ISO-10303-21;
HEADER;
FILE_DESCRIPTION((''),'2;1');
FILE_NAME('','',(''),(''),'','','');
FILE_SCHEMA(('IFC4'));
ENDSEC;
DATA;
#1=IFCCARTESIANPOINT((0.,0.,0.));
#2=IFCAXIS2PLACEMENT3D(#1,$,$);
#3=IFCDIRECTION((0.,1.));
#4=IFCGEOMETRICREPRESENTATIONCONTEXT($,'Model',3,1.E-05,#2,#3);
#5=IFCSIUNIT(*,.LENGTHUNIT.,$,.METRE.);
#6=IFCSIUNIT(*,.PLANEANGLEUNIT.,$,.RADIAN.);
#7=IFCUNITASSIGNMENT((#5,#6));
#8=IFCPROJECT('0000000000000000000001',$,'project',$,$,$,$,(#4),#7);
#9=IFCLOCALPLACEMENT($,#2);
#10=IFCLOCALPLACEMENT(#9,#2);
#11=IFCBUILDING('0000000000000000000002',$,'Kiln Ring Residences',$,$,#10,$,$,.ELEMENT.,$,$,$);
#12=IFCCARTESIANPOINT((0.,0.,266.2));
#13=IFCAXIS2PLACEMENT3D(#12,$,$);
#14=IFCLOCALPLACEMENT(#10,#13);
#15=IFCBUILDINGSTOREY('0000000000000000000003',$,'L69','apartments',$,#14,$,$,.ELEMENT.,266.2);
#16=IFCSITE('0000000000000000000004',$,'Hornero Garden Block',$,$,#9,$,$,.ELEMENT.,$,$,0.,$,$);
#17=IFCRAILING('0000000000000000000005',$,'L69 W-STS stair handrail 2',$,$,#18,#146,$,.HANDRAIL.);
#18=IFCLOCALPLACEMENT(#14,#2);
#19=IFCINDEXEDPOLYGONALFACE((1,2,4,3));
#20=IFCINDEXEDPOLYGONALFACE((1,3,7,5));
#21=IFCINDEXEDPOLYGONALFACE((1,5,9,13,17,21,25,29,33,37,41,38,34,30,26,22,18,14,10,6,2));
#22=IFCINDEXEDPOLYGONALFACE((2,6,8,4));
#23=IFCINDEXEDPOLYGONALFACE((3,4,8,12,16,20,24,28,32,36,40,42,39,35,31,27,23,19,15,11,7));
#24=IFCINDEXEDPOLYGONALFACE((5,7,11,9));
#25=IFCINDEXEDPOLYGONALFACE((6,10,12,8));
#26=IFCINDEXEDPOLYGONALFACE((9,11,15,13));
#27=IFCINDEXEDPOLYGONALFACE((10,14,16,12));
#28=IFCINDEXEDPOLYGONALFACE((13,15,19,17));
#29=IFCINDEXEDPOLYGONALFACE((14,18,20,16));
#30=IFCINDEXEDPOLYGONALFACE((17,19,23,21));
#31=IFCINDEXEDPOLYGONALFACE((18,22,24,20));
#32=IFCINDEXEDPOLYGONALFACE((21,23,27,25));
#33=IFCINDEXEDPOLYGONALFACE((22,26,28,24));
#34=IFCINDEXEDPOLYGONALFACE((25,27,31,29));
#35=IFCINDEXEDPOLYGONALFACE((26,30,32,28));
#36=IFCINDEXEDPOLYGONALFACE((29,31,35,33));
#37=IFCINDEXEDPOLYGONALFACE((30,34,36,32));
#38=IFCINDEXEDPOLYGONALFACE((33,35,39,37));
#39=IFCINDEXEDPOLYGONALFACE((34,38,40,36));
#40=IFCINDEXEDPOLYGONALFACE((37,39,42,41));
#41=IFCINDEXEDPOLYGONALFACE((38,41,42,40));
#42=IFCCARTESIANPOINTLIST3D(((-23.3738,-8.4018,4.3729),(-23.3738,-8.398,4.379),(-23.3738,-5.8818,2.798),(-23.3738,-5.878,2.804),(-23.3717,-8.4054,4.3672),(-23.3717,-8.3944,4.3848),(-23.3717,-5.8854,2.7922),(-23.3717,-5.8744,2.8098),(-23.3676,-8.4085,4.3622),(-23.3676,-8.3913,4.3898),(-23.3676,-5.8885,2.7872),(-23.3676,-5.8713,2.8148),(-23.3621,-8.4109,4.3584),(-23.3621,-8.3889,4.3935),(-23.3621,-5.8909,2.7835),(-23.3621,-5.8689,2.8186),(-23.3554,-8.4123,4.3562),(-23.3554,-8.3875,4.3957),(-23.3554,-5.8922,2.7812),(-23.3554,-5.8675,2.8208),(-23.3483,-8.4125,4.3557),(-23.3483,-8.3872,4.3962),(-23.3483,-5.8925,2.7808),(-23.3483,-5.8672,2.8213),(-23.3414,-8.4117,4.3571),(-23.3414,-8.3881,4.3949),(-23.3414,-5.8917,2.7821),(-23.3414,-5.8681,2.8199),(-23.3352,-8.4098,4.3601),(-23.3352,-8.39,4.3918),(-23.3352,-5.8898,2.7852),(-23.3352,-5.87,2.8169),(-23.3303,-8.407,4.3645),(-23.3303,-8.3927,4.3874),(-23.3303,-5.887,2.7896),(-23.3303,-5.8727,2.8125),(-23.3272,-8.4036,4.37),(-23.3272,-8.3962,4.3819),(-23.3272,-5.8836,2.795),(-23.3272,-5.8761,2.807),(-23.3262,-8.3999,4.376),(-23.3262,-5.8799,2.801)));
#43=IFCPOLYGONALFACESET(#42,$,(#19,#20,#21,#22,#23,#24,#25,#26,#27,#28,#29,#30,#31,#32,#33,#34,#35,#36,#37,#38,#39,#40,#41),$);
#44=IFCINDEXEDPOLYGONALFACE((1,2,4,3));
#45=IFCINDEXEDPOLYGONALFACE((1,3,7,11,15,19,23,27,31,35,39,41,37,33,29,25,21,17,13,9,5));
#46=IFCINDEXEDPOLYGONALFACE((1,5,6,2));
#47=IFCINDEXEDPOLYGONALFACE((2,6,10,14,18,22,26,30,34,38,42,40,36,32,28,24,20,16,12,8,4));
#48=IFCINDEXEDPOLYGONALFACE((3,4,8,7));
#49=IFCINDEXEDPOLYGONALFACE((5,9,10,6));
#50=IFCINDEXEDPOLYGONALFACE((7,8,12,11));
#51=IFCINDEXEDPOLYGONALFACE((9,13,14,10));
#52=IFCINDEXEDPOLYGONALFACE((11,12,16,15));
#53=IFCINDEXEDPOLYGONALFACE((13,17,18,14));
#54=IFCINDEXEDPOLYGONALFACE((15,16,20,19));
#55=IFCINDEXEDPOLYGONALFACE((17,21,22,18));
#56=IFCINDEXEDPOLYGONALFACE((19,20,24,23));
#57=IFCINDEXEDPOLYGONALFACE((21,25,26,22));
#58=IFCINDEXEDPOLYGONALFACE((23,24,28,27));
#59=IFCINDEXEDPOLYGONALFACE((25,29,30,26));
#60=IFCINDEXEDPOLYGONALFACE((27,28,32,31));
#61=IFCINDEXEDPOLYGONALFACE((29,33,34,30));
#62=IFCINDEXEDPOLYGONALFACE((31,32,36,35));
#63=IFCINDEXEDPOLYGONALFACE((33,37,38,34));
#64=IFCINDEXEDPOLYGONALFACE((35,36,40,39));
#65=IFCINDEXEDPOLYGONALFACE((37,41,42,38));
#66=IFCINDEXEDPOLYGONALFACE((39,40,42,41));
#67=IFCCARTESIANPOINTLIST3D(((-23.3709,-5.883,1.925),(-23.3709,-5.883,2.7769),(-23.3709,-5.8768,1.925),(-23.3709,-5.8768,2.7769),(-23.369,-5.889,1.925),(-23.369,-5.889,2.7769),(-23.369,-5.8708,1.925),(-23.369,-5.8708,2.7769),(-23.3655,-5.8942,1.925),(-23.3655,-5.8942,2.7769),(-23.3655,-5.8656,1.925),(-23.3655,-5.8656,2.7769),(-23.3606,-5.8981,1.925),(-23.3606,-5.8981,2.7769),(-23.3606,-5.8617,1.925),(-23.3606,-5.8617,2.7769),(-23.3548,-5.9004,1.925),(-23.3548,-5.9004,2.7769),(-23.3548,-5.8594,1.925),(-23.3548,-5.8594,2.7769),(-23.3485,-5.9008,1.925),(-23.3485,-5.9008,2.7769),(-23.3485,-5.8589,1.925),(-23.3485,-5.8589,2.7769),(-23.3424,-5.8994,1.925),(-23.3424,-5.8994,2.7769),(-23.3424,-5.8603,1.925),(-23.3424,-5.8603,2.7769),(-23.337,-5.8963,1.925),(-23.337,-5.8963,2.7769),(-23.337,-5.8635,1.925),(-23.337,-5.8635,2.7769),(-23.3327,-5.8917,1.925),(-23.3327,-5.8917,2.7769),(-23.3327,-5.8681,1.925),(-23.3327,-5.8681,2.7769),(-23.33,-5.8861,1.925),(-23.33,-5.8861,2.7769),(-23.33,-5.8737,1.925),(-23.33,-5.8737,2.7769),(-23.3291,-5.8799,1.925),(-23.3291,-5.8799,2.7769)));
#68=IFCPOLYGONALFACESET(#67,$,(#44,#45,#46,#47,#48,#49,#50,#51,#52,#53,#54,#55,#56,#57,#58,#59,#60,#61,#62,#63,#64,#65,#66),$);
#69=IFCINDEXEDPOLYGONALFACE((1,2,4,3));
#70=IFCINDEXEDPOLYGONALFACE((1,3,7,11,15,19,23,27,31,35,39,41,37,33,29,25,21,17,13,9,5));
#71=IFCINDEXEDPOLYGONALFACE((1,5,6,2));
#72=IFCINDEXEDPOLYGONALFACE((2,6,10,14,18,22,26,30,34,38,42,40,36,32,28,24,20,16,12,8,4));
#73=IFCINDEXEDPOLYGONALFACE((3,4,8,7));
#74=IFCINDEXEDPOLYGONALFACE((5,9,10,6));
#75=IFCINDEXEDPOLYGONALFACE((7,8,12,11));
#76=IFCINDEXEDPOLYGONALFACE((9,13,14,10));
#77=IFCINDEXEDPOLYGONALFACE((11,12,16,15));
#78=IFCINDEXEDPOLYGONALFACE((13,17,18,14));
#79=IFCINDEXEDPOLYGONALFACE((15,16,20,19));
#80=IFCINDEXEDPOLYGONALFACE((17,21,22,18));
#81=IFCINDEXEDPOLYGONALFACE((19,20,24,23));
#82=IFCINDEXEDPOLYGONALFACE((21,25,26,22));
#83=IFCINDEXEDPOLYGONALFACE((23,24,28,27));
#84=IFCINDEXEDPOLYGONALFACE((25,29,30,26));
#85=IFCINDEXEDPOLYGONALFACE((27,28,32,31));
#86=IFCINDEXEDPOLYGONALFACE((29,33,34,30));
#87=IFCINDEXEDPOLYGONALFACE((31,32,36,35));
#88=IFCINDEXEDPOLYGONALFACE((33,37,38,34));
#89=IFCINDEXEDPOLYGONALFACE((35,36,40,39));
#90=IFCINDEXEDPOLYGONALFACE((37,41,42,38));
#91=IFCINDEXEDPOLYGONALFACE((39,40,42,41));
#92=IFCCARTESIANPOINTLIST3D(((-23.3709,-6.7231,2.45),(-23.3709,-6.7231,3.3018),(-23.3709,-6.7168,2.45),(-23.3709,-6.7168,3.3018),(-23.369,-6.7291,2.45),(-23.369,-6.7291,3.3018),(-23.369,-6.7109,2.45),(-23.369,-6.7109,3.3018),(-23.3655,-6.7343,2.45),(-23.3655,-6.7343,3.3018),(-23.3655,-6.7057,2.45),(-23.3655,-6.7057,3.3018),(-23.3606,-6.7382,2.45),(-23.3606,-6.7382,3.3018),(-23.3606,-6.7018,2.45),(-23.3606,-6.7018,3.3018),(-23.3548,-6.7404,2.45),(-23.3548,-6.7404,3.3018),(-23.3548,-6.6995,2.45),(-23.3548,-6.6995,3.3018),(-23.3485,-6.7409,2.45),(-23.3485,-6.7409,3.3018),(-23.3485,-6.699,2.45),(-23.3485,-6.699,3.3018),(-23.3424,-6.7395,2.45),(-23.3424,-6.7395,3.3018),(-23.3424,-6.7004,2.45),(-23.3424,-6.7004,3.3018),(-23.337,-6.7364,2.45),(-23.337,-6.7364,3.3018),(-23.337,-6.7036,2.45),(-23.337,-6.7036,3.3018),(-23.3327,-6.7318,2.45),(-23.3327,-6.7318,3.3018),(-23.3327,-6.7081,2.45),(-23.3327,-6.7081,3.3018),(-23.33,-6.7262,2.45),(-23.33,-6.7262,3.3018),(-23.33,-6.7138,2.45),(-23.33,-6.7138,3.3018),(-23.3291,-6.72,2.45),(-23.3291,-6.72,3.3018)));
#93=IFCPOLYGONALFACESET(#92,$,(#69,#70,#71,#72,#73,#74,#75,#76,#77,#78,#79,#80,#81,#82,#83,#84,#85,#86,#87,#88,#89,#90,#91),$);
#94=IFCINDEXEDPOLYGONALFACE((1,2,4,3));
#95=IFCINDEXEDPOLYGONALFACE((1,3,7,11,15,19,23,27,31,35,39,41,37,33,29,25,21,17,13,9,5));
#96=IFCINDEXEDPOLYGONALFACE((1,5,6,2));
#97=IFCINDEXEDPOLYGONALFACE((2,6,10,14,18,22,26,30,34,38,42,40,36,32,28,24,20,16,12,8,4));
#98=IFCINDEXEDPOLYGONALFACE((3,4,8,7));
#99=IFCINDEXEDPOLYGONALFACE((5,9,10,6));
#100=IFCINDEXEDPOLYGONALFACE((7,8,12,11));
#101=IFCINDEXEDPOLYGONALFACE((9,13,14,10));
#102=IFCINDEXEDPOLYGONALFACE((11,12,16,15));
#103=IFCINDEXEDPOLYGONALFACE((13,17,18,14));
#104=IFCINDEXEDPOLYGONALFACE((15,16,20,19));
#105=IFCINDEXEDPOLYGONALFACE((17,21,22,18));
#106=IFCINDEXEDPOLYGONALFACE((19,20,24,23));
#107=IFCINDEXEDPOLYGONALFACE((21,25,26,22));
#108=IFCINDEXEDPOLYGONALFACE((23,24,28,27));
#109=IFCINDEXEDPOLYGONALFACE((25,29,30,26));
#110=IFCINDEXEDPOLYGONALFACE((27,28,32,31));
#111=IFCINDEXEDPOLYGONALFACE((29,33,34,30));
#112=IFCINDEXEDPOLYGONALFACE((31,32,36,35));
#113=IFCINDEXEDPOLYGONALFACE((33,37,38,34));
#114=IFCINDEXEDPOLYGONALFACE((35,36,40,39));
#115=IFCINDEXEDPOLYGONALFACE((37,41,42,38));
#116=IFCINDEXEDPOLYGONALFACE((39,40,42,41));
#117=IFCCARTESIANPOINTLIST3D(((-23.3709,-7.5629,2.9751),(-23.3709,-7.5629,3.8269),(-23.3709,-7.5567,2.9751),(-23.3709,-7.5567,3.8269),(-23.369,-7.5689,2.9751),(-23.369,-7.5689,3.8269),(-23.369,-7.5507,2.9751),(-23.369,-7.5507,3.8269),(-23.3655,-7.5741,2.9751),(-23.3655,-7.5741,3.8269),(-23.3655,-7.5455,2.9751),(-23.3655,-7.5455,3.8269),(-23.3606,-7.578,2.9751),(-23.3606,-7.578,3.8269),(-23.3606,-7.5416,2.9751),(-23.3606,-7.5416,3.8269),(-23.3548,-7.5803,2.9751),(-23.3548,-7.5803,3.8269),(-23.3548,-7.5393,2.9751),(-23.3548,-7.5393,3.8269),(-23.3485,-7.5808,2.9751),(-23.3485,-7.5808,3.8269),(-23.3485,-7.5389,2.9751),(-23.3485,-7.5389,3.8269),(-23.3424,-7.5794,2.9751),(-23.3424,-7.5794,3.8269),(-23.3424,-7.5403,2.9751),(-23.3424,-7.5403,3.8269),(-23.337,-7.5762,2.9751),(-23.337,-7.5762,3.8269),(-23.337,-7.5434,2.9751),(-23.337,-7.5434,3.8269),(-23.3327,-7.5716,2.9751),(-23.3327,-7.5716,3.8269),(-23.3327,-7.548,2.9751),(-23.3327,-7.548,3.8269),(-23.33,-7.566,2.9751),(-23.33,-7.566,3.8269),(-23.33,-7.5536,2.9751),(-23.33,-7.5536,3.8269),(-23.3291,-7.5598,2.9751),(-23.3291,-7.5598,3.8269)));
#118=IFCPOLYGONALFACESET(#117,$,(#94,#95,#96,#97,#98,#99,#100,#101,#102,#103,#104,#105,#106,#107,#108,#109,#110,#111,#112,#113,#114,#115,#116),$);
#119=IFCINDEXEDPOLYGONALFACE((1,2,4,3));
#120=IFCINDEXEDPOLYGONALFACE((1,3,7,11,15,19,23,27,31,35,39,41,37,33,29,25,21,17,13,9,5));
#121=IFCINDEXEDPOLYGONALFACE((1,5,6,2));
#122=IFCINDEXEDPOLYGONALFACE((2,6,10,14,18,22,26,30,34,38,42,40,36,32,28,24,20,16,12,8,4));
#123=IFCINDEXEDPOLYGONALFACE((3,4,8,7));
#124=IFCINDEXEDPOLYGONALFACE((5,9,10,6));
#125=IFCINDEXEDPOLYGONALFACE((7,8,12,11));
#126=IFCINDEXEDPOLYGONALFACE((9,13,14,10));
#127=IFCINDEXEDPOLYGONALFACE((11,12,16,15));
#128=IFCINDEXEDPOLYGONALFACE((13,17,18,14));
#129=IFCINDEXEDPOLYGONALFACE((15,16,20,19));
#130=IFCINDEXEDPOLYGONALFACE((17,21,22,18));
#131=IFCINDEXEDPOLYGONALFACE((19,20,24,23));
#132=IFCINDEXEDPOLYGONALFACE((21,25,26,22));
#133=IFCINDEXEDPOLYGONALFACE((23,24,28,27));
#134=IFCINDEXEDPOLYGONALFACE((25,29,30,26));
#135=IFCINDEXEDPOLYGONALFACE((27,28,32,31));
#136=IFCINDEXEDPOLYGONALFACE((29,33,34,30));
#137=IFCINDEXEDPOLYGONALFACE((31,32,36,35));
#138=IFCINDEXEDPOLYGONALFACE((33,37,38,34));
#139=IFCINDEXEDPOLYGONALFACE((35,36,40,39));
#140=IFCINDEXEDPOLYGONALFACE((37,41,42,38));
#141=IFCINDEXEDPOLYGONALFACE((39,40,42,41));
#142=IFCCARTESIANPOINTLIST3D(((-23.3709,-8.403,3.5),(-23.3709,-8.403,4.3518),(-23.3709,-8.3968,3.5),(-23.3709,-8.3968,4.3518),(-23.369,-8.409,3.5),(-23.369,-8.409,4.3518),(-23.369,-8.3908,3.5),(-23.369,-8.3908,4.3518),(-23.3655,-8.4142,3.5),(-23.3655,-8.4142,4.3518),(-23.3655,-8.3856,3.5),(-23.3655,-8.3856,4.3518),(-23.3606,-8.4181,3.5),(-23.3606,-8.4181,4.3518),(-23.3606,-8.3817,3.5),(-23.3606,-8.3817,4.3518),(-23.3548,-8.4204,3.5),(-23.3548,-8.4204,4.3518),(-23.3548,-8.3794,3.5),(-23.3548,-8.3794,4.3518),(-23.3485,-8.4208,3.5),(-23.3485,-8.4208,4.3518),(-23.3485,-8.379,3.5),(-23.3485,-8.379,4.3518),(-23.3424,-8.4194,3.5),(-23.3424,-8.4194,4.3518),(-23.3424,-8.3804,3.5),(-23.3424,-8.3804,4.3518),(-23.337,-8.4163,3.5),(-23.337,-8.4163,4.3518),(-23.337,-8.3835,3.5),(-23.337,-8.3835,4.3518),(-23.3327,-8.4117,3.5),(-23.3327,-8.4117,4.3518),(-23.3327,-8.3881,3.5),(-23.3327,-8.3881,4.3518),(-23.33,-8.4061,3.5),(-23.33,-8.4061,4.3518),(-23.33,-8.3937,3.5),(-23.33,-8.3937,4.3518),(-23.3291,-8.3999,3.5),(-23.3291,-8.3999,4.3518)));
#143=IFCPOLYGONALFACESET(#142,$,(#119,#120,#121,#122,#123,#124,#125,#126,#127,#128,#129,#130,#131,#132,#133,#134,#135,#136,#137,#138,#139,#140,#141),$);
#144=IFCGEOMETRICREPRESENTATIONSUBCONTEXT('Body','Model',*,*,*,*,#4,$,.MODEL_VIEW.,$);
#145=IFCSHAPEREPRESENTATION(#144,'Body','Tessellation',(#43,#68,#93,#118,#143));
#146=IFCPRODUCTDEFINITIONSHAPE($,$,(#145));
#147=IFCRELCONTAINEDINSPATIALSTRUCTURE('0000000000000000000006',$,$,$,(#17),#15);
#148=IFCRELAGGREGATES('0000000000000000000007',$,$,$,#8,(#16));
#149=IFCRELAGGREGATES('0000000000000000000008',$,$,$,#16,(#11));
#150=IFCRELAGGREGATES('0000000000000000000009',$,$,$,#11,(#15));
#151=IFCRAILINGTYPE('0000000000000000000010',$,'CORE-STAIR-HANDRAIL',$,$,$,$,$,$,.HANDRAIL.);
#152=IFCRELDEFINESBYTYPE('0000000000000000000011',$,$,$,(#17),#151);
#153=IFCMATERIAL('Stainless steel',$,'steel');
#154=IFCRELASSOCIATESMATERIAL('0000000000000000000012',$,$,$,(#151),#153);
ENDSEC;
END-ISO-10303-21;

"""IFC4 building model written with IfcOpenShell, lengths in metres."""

from ifc_helpers import new_model, si_unit, direction, frame, origin, origin_2d, place, context, subcontext, project, spatial, circle, extrude, material, type_object, element, save


model = new_model("IFC4")

# Units and contexts
model_context = context("Model", 3, precision=1e-05, world=origin(), true_north=direction((0.0, 1.0)))
body_context = subcontext(model_context, "Body", "Model", "MODEL_VIEW")
ifc_project = project(units=[si_unit("LENGTHUNIT", "METRE"), si_unit("PLANEANGLEUNIT", "RADIAN")], contexts=[model_context])

# Site, building, storey
site_placement = place(None, origin())
site = spatial("IfcSite", under=ifc_project, at=site_placement, Name="Hornero Garden Block", CompositionType="ELEMENT", RefElevation=0.0)
building_placement = place(site_placement, origin())
building = spatial("IfcBuilding", under=site, at=building_placement, Name="Kiln Ring Residences", CompositionType="ELEMENT")
storey_placement = place(building_placement, frame((0.0, 0.0, 266.2)))
storey = spatial("IfcBuildingStorey", under=building, at=storey_placement, Name="L69", Description="apartments", CompositionType="ELEMENT", Elevation=266.2)

# Railing
ifc_material_1 = material(Name="Stainless steel", Category="steel")
railing_type_1 = type_object("IfcRailingType", Name="CORE-STAIR-HANDRAIL", PredefinedType="HANDRAIL", material=ifc_material_1)
railing_1_placement = place(storey_placement, frame((-23.3501, -5.8799, 1.925)))
element("IfcRailing", 1, at=railing_1_placement, inside=storey, type_object=railing_type_1, Name="L69 W-STS stair handrail 2", PredefinedType="HANDRAIL", context=body_context, shape_type="SweptSolid", body=[
    extrude(circle(Radius=0.0239, at=origin_2d()), frame((0.0, 0.0, 0.876), z_axis=(0.0, -0.848008, 0.529984), x_axis=(1.0, 0.0, 0.0)), (0.0, 0.0, 1.0), 2.9717),
    extrude(circle(Radius=0.021, at=origin_2d()), origin(), (0.0, 0.0, 1.0), 0.8518),
    extrude(circle(Radius=0.021, at=origin_2d()), frame((0.0, -0.8401, 0.5249)), (0.0, 0.0, 1.0), 0.8518),
    extrude(circle(Radius=0.021, at=origin_2d()), frame((0.0, -1.6799, 1.05)), (0.0, 0.0, 1.0), 0.8518),
    extrude(circle(Radius=0.021, at=origin_2d()), frame((0.0, -2.52, 1.575)), (0.0, 0.0, 1.0), 0.8518),
])

save(model, "model.ifc")
